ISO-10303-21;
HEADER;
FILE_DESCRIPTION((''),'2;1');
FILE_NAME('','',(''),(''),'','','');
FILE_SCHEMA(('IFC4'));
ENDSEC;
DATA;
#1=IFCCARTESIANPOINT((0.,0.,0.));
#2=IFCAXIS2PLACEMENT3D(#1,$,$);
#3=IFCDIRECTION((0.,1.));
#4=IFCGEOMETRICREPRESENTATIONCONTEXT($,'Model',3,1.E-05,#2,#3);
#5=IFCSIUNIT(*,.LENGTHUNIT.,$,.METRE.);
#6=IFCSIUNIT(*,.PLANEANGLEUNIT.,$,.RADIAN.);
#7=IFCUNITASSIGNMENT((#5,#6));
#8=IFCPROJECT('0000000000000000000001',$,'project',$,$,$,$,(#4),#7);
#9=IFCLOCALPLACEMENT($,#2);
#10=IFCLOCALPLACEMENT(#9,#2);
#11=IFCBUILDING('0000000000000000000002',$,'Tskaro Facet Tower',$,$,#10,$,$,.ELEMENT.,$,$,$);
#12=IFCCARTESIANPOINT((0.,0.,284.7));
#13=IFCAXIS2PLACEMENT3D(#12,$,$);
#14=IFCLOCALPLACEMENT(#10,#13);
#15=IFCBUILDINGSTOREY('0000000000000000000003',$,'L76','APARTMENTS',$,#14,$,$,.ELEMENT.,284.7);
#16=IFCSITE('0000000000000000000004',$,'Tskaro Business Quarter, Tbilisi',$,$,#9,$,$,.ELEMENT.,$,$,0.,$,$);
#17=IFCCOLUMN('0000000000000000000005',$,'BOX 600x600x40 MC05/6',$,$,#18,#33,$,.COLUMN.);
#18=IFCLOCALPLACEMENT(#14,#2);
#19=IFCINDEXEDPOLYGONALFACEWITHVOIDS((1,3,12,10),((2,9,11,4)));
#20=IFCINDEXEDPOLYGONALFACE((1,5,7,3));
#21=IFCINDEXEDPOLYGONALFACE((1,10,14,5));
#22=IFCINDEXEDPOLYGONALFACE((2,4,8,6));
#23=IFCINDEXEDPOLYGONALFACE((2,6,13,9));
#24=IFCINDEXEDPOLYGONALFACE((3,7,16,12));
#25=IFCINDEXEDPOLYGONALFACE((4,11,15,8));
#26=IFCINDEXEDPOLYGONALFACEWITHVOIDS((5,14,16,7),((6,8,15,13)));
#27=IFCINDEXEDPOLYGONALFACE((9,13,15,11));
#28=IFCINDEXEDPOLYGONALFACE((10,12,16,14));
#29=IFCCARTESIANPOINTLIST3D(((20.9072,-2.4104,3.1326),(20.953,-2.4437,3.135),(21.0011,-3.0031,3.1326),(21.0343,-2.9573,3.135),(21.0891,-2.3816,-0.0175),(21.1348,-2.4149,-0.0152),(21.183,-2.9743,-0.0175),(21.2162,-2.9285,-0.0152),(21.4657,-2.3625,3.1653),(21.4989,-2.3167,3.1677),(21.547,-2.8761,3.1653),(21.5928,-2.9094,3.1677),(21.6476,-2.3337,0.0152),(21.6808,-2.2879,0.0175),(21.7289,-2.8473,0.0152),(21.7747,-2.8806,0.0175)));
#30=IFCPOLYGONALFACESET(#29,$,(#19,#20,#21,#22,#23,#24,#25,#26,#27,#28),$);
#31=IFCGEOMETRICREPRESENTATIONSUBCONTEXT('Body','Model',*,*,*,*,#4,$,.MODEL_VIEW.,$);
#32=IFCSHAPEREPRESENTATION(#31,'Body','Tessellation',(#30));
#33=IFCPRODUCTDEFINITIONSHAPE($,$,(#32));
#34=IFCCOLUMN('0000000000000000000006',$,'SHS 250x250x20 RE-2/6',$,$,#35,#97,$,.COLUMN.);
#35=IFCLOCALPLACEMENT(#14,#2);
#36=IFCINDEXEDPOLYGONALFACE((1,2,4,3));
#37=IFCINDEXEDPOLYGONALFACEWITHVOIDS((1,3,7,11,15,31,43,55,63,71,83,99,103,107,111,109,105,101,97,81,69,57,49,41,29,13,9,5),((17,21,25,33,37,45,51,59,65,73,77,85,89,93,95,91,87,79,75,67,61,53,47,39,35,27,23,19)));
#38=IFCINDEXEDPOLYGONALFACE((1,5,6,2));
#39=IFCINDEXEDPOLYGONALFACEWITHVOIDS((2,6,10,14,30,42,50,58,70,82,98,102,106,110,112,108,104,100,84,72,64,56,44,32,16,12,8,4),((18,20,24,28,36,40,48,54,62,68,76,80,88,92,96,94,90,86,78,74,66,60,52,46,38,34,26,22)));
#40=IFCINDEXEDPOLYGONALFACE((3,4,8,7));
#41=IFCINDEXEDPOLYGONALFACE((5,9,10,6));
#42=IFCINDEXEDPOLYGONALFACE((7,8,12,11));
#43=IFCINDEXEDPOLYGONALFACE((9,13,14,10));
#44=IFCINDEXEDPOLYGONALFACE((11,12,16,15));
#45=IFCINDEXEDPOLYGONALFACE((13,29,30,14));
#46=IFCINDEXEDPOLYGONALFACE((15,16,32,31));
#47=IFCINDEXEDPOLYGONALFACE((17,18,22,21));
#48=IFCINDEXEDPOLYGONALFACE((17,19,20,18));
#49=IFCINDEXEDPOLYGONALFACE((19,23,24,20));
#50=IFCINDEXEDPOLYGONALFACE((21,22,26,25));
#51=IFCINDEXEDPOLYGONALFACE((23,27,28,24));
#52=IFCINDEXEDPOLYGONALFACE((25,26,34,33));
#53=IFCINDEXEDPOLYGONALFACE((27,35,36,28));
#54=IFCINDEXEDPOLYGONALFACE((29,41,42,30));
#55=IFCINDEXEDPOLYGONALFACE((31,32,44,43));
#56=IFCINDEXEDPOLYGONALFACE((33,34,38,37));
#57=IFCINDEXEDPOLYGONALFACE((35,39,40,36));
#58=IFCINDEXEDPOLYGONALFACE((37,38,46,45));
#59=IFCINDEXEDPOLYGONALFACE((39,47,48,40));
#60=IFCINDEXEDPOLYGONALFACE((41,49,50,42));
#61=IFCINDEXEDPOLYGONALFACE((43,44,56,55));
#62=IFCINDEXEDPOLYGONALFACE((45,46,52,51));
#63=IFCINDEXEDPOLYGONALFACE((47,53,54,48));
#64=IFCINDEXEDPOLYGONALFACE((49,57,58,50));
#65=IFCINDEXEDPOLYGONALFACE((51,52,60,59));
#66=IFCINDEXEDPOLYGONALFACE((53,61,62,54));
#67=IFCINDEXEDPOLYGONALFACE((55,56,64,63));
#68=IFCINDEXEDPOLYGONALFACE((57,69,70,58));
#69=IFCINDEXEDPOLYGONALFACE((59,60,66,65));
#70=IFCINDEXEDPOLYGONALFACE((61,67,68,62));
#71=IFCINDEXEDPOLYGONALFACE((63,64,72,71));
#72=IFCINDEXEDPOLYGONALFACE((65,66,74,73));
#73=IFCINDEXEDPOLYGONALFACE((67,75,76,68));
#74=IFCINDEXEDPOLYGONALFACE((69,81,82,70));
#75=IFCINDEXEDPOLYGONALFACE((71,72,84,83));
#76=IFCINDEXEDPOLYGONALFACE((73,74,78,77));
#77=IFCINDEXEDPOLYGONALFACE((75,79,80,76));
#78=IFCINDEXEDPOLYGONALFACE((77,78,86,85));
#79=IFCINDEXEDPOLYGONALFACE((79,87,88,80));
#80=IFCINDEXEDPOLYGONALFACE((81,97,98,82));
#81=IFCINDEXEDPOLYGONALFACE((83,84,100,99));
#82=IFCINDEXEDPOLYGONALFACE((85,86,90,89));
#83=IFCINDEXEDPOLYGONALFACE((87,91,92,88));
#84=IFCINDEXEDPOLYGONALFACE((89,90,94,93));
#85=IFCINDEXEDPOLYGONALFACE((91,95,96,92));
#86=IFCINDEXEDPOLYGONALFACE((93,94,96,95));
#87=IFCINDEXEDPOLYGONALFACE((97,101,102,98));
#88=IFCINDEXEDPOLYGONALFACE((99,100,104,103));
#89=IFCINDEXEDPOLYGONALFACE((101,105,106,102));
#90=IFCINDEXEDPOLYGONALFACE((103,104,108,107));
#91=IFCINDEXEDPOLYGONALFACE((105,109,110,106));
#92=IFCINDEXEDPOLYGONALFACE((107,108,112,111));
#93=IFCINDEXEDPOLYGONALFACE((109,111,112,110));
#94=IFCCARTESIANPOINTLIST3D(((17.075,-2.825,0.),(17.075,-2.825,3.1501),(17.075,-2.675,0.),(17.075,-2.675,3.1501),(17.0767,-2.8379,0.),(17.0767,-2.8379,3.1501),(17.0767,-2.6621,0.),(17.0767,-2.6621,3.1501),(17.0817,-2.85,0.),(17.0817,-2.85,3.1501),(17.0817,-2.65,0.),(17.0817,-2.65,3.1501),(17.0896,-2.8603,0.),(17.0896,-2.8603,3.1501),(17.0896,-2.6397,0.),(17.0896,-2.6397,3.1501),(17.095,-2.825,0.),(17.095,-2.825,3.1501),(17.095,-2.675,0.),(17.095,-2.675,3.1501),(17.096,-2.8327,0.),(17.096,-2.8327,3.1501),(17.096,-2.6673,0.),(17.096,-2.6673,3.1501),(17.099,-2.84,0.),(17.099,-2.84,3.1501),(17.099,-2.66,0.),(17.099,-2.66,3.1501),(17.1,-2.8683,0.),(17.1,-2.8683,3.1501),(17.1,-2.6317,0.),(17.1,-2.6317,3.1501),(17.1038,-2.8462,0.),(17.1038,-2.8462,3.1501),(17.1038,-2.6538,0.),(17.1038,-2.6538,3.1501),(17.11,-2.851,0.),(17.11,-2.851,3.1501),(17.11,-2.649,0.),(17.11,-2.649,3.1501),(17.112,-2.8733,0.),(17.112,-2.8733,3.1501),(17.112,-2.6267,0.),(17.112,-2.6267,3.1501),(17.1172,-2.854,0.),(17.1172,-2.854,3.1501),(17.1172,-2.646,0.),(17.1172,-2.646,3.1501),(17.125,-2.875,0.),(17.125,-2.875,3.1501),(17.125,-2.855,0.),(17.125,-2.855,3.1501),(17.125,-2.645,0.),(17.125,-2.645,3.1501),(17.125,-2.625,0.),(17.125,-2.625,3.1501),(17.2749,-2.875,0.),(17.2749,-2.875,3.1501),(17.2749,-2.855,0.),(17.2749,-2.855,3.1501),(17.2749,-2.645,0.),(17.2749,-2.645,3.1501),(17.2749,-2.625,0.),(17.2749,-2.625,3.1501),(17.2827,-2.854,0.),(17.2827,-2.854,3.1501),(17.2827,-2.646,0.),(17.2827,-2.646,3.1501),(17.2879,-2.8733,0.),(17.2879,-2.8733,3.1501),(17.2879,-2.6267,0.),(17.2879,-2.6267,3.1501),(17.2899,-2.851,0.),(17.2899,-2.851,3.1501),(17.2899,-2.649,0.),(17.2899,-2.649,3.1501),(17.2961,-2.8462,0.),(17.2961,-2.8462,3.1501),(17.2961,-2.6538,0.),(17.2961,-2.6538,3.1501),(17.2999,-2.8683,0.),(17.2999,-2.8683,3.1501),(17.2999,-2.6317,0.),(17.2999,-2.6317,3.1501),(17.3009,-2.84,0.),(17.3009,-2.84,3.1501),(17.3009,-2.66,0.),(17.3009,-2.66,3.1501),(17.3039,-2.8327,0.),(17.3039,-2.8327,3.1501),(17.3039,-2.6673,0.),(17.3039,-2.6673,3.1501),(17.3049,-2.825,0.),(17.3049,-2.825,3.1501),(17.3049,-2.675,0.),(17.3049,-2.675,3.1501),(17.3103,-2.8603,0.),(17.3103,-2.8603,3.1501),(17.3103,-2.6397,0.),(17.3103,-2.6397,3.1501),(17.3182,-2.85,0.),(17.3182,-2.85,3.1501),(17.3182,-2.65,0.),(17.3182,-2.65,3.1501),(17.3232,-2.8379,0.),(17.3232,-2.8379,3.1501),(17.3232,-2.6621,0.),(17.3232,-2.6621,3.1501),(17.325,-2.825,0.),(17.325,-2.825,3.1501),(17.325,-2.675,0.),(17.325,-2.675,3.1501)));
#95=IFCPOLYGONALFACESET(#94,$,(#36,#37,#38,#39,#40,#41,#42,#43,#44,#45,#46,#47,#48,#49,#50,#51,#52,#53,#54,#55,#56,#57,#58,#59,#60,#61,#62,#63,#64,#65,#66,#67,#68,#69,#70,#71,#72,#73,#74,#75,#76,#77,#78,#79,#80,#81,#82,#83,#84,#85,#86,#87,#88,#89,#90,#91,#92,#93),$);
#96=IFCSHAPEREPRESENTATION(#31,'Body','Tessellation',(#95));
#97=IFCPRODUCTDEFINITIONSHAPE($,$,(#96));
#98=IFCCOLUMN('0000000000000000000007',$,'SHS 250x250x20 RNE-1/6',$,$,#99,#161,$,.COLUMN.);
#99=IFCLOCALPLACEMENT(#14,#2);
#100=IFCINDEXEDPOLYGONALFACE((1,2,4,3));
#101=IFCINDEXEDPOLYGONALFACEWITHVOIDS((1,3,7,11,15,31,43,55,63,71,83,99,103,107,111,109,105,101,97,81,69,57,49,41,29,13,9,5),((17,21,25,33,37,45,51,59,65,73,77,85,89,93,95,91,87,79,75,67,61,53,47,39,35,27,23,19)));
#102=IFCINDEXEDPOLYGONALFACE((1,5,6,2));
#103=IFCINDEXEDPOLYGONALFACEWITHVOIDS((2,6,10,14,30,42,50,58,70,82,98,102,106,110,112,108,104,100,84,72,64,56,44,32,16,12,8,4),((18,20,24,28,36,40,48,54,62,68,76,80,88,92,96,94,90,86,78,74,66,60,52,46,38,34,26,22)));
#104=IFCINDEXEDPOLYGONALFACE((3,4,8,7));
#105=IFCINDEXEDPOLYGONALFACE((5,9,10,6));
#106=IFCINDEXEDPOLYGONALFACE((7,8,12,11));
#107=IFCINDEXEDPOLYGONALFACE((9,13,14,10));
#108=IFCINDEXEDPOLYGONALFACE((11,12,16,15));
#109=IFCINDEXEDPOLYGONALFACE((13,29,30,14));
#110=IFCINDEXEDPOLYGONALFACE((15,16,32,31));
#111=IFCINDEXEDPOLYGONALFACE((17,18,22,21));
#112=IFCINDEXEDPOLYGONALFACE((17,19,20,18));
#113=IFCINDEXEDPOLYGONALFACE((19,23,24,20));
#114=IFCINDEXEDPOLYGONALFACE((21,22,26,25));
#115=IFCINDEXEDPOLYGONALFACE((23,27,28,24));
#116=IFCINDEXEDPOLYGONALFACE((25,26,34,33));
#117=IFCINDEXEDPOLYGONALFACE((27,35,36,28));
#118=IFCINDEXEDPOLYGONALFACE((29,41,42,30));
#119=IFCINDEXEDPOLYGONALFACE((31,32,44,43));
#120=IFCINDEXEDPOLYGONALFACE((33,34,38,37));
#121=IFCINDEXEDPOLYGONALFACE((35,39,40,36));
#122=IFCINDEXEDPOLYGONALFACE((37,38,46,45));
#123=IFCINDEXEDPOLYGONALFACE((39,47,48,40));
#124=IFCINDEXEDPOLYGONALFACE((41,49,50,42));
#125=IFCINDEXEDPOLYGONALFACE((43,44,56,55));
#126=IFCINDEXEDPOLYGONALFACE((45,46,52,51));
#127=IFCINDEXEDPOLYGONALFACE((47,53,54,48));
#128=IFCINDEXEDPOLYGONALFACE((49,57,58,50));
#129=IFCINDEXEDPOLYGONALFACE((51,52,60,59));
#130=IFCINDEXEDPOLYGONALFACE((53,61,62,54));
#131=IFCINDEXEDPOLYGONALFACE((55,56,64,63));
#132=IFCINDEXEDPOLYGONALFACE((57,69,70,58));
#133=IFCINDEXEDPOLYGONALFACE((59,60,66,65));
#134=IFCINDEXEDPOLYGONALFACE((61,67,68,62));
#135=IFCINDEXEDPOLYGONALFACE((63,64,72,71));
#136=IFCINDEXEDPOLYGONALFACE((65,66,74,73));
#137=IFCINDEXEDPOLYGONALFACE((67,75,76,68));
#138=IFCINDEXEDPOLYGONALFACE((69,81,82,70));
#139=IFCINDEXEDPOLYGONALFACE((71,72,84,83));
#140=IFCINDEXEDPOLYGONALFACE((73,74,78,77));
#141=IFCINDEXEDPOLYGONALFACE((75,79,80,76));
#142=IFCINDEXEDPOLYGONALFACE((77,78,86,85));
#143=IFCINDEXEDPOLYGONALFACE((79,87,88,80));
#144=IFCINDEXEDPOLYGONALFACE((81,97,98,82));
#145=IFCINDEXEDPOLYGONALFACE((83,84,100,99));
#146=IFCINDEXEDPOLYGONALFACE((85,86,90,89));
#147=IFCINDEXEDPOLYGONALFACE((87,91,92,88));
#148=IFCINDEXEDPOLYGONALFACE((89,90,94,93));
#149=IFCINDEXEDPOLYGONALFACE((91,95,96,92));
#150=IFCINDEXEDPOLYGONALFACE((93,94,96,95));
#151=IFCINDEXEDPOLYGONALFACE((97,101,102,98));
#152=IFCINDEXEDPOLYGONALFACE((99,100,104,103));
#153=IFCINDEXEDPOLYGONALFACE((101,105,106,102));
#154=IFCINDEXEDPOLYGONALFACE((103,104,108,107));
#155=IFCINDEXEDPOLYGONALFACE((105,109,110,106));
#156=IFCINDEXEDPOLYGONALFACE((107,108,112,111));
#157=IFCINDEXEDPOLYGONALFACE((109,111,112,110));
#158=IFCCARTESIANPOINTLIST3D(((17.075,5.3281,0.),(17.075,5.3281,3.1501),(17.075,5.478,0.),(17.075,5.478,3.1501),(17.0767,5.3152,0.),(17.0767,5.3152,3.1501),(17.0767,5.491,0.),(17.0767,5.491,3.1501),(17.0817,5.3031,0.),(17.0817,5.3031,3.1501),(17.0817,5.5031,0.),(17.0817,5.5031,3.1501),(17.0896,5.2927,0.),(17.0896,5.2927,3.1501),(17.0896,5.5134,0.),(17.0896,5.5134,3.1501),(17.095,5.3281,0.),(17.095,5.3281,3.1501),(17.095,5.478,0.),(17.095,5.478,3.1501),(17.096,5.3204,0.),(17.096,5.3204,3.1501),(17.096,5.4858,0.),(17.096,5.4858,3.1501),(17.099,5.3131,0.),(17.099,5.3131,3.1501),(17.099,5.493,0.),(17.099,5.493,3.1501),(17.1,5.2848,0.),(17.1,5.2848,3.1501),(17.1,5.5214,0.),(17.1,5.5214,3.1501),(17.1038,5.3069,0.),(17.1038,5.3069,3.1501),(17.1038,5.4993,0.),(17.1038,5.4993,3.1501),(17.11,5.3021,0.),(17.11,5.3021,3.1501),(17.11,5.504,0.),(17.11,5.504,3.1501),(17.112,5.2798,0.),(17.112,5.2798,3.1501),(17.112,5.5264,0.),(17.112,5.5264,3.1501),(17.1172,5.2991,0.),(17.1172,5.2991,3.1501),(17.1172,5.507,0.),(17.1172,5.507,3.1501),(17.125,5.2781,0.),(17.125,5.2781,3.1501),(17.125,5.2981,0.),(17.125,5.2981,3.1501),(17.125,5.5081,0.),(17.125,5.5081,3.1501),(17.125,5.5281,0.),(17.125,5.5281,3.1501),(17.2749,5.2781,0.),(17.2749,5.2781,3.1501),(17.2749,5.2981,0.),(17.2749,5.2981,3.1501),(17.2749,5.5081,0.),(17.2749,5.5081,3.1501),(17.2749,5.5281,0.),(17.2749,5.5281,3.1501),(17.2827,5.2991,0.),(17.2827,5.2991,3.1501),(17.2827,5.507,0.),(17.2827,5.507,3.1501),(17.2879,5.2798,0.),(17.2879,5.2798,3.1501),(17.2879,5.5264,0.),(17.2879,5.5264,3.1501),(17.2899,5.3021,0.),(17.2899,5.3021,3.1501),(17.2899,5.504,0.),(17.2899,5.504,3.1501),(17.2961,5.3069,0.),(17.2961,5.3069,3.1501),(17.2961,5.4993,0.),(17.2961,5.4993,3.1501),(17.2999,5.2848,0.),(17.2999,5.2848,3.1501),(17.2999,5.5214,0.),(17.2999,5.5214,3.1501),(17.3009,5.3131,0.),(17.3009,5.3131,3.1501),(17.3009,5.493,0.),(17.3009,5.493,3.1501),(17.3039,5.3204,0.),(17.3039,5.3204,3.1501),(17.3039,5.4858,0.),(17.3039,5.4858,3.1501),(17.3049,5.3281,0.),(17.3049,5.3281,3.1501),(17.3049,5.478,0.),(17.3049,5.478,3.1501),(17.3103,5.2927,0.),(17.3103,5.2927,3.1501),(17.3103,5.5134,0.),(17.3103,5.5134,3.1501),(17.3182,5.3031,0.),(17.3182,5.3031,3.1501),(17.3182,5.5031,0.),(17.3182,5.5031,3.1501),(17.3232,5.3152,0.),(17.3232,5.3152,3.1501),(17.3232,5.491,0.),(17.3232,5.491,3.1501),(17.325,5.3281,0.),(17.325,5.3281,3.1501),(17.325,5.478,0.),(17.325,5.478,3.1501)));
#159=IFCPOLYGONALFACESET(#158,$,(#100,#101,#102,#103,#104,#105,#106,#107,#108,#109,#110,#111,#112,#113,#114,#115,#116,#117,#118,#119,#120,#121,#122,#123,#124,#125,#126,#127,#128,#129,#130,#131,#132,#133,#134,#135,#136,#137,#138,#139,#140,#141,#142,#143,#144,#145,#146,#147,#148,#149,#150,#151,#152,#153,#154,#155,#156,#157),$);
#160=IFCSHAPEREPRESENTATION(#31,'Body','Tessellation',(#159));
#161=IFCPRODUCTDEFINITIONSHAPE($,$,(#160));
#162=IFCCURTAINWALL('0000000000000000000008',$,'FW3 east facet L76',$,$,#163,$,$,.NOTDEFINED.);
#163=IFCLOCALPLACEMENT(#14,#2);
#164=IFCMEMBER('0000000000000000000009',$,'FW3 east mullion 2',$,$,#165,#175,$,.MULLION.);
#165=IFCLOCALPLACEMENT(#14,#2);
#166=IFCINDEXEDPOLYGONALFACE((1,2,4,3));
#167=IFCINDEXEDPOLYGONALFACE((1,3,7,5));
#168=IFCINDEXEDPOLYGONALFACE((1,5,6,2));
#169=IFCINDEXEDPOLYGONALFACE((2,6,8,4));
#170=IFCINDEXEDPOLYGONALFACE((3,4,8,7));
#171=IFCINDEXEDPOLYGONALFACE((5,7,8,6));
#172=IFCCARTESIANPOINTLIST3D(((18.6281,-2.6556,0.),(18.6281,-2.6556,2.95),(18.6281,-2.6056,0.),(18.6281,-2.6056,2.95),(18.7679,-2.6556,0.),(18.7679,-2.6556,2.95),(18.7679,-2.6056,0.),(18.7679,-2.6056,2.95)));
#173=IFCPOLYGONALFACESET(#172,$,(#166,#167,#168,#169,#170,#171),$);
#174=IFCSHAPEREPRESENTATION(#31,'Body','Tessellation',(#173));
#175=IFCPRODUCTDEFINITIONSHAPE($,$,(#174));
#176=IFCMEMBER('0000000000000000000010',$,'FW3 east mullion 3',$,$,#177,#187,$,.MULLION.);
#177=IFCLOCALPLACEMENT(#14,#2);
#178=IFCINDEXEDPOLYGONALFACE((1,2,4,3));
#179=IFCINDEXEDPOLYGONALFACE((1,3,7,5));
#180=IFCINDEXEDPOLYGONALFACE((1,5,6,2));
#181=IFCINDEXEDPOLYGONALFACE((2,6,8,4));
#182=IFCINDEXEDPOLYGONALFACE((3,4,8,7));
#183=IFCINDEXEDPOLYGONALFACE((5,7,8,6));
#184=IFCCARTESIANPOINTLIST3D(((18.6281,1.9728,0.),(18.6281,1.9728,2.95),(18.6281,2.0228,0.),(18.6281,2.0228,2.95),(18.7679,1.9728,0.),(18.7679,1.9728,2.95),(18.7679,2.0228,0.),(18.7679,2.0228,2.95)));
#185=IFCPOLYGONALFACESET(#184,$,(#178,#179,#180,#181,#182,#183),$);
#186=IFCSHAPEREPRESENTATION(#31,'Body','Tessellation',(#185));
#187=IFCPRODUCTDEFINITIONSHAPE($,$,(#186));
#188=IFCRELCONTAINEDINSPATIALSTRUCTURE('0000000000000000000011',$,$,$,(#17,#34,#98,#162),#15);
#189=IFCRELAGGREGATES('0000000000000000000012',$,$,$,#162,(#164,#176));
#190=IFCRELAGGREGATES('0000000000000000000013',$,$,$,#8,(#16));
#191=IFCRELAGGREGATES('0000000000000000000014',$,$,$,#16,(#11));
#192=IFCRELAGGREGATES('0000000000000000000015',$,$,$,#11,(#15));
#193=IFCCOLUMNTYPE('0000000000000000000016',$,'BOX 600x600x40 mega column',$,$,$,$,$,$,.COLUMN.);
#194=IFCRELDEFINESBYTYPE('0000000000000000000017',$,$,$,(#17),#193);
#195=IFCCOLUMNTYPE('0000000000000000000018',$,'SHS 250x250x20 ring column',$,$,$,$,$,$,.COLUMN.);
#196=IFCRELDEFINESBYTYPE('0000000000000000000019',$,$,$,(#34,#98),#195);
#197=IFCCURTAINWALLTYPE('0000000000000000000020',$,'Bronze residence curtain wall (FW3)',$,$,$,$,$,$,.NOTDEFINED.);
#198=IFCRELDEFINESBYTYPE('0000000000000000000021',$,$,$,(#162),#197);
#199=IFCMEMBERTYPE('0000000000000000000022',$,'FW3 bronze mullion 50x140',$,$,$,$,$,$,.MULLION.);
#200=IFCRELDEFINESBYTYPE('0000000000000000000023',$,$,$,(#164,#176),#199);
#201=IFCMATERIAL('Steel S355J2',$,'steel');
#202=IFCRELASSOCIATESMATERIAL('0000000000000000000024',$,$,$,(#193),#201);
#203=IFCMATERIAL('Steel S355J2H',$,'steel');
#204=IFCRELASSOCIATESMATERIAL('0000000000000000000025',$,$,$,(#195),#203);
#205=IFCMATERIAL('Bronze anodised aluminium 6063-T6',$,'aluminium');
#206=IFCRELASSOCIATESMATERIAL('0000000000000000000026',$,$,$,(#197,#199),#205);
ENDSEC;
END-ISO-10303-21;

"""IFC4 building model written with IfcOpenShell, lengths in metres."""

from ifc_helpers import new_model, si_unit, direction, frame, origin, origin_2d, place, context, subcontext, project, spatial, rectangle, hollow_rectangle, extrude, material, material_profile, profile_set, type_object, element, aggregate, save


model = new_model("IFC4")

# Units and contexts
model_context = context("Model", 3, precision=1e-05, world=origin(), true_north=direction((0.0, 1.0)))
body_context = subcontext(model_context, "Body", "Model", "MODEL_VIEW")
ifc_project = project(units=[si_unit("LENGTHUNIT", "METRE"), si_unit("PLANEANGLEUNIT", "RADIAN")], contexts=[model_context])

# Site, building, storey
site_placement = place(None, origin())
site = spatial("IfcSite", under=ifc_project, at=site_placement, Name="Tskaro Business Quarter, Tbilisi", CompositionType="ELEMENT", RefElevation=0.0)
building_placement = place(site_placement, origin())
building = spatial("IfcBuilding", under=site, at=building_placement, Name="Tskaro Facet Tower", CompositionType="ELEMENT")
storey_placement = place(building_placement, frame((0.0, 0.0, 284.7)))
storey = spatial("IfcBuildingStorey", under=building, at=storey_placement, Name="L76", Description="APARTMENTS", CompositionType="ELEMENT", Elevation=284.7)

# Columns
ifc_material_1 = material(Name="Steel S355J2", Category="steel")
ifc_material_profile_1 = material_profile(ifc_material_1, hollow_rectangle(XDim=0.6001, YDim=0.6001, WallThickness=0.04, at=origin_2d()), Name="BOX 600x600x40")
ifc_profile_set_1 = profile_set([ifc_material_profile_1], Name="Steel S355J2")
column_type_1 = type_object("IfcColumnType", Name="BOX 600x600x40 mega column", PredefinedType="COLUMN", material=ifc_profile_set_1)
column_placement = place(storey_placement, frame((21.4319, -2.6311, 0.0), z_axis=(-0.05764, -0.00913, 0.998296), x_axis=(0.156439, -0.987688, 0.0)))
element("IfcColumn", 1, at=column_placement, inside=storey, type_object=column_type_1, Name="BOX 600x600x40 MC05/6", PredefinedType="COLUMN", context=body_context, shape_type="SweptSolid", body=[
    extrude(hollow_rectangle(XDim=0.6001, YDim=0.6001, WallThickness=0.04, at=origin_2d()), origin(), (0.0, 0.0, 1.0), 3.1555),
])
ifc_material_2 = material(Name="Steel S355J2H", Category="steel")
ifc_material_profile_2 = material_profile(ifc_material_2, hollow_rectangle(XDim=0.25, YDim=0.25, WallThickness=0.02, InnerFilletRadius=0.03, OuterFilletRadius=0.05, at=origin_2d()), Name="SHS 250x250x20")
ifc_profile_set_2 = profile_set([ifc_material_profile_2], Name="Steel S355J2H")
column_type_2 = type_object("IfcColumnType", Name="SHS 250x250x20 ring column", PredefinedType="COLUMN", material=ifc_profile_set_2)
for number, where, z_axis, x_axis, name in (
    (2, (17.2, -2.75, 0.0), (0.0, 0.0, 1.0), (1.0, 0.0, 0.0), "SHS 250x250x20 RE-2/6"),
    (3, (17.2, 5.4031, 0.0), (0.0, 0.0, 1.0), (1.0, 0.0, 0.0), "SHS 250x250x20 RNE-1/6"),
):
    element("IfcColumn", number, at=place(storey_placement, frame(where, z_axis=z_axis, x_axis=x_axis)), inside=storey, type_object=column_type_2, Name=name, PredefinedType="COLUMN", context=body_context, shape_type="SweptSolid", body=[
        extrude(hollow_rectangle(XDim=0.25, YDim=0.25, WallThickness=0.02, InnerFilletRadius=0.03, OuterFilletRadius=0.05, at=origin_2d()), origin(), (0.0, 0.0, 1.0), 3.1501),
    ])

# Curtain wall, members
ifc_material_3 = material(Name="Bronze anodised aluminium 6063-T6", Category="aluminium")
curtain_wall_type = type_object("IfcCurtainWallType", Name="Bronze residence curtain wall (FW3)", PredefinedType="NOTDEFINED", material=ifc_material_3)
curtain_wall_placement = place(storey_placement, origin())
curtain_wall = element("IfcCurtainWall", 4, at=curtain_wall_placement, inside=storey, type_object=curtain_wall_type, Name="FW3 east facet L76", PredefinedType="NOTDEFINED")
ifc_material_profile_3 = material_profile(ifc_material_3, rectangle(XDim=0.05, YDim=0.1399, at=origin_2d()), Name="Mullion 50x140")
ifc_profile_set_3 = profile_set([ifc_material_profile_3], Name="Bronze anodised aluminium 6063-T6")
member_type_1 = type_object("IfcMemberType", Name="FW3 bronze mullion 50x140", PredefinedType="MULLION", material=ifc_profile_set_3)
member_1_placement = place(storey_placement, frame((18.698, -2.6306, 0.0), z_axis=(0.0, 0.0, 1.0), x_axis=(0.0, 1.0, 0.0)))
member_1 = element("IfcMember", 5, at=member_1_placement, type_object=member_type_1, Name="FW3 east mullion 2", PredefinedType="MULLION", context=body_context, shape_type="SweptSolid", body=[
    extrude(rectangle(XDim=0.05, YDim=0.1399, at=origin_2d()), origin(), (0.0, 0.0, 1.0), 2.95),
])
member_2_placement = place(storey_placement, frame((18.698, 1.9978, 0.0), z_axis=(0.0, 0.0, 1.0), x_axis=(0.0, 1.0, 0.0)))
member_2 = element("IfcMember", 6, at=member_2_placement, type_object=member_type_1, Name="FW3 east mullion 3", PredefinedType="MULLION", context=body_context, shape_type="SweptSolid", body=[
    extrude(rectangle(XDim=0.05, YDim=0.1399, at=origin_2d()), origin(), (0.0, 0.0, 1.0), 2.95),
])

aggregate(curtain_wall, [member_1, member_2])

save(model, "model.ifc")
